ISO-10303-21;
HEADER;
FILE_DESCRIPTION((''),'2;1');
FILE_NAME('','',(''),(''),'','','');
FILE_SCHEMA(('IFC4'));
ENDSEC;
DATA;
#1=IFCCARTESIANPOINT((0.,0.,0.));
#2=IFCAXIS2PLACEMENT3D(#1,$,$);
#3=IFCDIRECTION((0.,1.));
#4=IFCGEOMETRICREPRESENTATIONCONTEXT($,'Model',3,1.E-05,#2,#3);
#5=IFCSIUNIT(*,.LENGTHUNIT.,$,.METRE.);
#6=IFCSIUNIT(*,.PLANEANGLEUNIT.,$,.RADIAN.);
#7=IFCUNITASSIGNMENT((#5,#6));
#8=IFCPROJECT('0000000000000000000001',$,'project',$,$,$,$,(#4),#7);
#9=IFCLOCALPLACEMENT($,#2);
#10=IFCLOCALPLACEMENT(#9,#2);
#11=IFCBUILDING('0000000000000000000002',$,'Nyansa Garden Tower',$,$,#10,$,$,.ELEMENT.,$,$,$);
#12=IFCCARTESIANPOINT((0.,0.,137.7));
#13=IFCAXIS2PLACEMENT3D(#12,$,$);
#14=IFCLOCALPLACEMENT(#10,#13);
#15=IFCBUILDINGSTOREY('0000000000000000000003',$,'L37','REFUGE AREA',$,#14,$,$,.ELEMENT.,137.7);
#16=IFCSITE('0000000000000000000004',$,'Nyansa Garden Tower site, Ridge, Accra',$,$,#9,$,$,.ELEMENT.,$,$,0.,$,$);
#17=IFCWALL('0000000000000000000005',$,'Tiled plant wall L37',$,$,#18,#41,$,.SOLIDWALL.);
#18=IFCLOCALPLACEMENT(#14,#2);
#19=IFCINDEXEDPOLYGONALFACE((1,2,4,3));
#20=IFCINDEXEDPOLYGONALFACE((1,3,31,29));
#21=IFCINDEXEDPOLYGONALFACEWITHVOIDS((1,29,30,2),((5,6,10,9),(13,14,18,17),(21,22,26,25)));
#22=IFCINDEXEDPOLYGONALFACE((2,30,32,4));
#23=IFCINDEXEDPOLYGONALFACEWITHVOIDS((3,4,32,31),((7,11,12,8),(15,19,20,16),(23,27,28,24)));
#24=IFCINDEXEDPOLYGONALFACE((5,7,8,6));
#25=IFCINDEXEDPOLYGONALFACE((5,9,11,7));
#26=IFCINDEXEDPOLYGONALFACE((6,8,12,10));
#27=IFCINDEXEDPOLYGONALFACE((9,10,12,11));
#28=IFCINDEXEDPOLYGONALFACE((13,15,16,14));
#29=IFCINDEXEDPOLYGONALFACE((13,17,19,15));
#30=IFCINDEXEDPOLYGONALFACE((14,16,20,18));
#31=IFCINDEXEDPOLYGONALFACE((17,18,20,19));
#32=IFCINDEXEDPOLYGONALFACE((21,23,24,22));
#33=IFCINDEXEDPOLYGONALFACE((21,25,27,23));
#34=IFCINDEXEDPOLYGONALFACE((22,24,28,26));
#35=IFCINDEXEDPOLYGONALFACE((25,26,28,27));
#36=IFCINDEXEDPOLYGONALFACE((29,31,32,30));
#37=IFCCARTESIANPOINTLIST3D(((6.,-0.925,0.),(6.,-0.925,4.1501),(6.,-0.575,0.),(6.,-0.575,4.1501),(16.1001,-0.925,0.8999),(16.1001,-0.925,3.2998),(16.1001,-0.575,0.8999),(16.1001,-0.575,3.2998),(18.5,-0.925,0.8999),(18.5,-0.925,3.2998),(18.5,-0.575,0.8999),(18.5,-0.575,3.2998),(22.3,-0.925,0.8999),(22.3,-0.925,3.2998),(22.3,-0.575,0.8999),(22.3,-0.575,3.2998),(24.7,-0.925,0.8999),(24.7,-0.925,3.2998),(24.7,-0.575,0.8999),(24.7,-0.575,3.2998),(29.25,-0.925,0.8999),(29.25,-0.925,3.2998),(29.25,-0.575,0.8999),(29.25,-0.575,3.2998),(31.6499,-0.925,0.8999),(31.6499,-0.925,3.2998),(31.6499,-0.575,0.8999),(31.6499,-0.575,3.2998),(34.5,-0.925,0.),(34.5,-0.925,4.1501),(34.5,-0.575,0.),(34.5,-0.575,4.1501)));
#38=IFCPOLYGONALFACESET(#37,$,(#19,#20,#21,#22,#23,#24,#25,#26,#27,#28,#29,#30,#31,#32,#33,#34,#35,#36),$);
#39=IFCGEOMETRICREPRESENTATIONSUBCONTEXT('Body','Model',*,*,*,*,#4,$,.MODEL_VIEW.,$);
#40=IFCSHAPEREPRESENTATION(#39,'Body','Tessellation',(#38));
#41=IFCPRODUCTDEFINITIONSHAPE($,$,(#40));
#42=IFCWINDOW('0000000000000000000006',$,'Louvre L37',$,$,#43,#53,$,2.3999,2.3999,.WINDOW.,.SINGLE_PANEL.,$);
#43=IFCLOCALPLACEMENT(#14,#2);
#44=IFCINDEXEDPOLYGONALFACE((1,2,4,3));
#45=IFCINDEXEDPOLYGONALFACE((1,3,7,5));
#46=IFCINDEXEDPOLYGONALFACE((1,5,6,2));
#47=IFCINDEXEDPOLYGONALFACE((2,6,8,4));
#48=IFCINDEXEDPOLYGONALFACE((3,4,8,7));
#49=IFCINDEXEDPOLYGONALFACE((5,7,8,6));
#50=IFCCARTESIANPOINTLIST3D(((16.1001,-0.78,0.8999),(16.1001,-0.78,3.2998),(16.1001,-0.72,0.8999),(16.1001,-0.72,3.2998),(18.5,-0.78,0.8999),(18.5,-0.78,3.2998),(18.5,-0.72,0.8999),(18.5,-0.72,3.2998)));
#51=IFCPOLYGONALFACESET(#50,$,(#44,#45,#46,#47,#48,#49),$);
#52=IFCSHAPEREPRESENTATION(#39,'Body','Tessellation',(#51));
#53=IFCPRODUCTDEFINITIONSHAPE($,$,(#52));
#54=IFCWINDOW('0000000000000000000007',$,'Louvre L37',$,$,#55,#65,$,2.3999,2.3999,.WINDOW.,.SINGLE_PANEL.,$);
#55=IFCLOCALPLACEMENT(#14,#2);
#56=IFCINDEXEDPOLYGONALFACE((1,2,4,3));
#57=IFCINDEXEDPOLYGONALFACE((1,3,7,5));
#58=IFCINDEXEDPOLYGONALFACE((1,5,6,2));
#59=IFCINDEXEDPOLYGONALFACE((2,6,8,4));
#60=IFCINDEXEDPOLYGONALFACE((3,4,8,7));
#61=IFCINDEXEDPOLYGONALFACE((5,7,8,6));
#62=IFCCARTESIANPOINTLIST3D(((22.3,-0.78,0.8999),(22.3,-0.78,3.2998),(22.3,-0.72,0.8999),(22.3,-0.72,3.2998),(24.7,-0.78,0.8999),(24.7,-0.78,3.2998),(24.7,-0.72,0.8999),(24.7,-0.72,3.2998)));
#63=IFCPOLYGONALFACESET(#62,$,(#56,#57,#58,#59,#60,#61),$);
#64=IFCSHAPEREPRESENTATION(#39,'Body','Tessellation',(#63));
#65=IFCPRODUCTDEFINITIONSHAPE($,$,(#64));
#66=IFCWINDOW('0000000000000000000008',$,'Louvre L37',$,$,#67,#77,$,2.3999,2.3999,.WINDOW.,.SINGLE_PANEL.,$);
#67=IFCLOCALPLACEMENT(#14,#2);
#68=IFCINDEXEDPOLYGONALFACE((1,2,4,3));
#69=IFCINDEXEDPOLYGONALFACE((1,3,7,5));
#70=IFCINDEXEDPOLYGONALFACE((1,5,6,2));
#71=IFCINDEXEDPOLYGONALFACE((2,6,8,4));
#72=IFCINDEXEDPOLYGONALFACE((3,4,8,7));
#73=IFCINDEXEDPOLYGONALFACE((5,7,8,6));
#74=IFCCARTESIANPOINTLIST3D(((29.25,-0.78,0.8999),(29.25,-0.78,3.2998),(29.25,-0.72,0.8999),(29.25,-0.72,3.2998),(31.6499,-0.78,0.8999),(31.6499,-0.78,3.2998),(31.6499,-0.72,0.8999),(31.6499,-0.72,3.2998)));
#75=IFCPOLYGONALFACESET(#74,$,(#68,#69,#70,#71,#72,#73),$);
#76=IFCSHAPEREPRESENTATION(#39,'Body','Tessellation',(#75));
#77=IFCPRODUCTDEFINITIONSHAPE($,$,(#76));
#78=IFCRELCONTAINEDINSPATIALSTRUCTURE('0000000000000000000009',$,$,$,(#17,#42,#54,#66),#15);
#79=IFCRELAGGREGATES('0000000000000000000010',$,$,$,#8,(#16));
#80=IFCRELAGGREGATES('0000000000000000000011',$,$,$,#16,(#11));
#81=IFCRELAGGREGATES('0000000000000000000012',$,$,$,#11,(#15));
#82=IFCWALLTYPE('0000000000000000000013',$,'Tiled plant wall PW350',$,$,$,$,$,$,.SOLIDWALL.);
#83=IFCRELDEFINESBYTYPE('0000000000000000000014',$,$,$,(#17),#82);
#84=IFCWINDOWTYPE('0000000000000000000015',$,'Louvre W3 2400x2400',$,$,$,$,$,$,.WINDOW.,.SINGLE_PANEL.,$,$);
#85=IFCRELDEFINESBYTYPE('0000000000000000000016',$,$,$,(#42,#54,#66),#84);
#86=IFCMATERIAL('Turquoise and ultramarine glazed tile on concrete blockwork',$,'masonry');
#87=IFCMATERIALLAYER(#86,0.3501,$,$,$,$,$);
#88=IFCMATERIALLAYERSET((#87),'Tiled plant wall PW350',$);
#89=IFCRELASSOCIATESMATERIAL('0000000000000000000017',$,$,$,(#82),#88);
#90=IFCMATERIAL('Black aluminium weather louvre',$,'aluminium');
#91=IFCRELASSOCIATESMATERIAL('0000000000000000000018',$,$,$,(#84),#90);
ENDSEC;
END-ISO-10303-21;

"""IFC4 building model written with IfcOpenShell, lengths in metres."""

from ifc_helpers import new_model, si_unit, direction, frame, frame_2d, origin, place, context, subcontext, project, spatial, rectangle, extrude, material, layer, layer_set, type_object, element, fill, save


model = new_model("IFC4")

# Units and contexts
model_context = context("Model", 3, precision=1e-05, world=origin(), true_north=direction((0.0, 1.0)))
body_context = subcontext(model_context, "Body", "Model", "MODEL_VIEW")
ifc_project = project(units=[si_unit("LENGTHUNIT", "METRE"), si_unit("PLANEANGLEUNIT", "RADIAN")], contexts=[model_context])

# Site, building, storey
site_placement = place(None, origin())
site = spatial("IfcSite", under=ifc_project, at=site_placement, Name="Nyansa Garden Tower site, Ridge, Accra", CompositionType="ELEMENT", RefElevation=0.0)
building_placement = place(site_placement, origin())
building = spatial("IfcBuilding", under=site, at=building_placement, Name="Nyansa Garden Tower", CompositionType="ELEMENT")
storey_placement = place(building_placement, frame((0.0, 0.0, 137.7)))
storey = spatial("IfcBuildingStorey", under=building, at=storey_placement, Name="L37", Description="REFUGE AREA", CompositionType="ELEMENT", Elevation=137.7)

# Shared definitions
ifc_material_1 = material(Name="Turquoise and ultramarine glazed tile on concrete blockwork", Category="masonry")
ifc_layer_1 = layer(ifc_material_1, 0.3501)
ifc_layer_set_1 = layer_set([ifc_layer_1], Name="Tiled plant wall PW350")
wall_type = type_object("IfcWallType", Name="Tiled plant wall PW350", PredefinedType="SOLIDWALL", material=ifc_layer_set_1)

# Wall, openings, windows
wall_placement = place(storey_placement, frame((6.0, -0.75, 0.0), z_axis=(0.0, 0.0, 1.0), x_axis=(1.0, 0.0, 0.0)))
wall = element("IfcWall", 1, at=wall_placement, inside=storey, type_object=wall_type, Name="Tiled plant wall L37", PredefinedType="SOLIDWALL", context=body_context, shape_type="SweptSolid", body=[
    extrude(rectangle(XDim=28.5, YDim=0.3501, at=frame_2d((14.25, 0.0))), origin(), (0.0, 0.0, 1.0), 4.1501),
])
opening_1_placement = place(wall_placement, frame((10.1001, 0.0, 0.8999)))
opening_1 = element("IfcOpeningElement", 2, at=opening_1_placement, cuts=wall, PredefinedType="OPENING", context=body_context, shape_type="SweptSolid", body=[
    extrude(rectangle(XDim=2.3999, YDim=2.3999, at=frame_2d((1.2, 1.2))), frame((0.0, 0.1851, 0.0), z_axis=(0.0, -1.0, 0.0), x_axis=(1.0, 0.0, 0.0)), (0.0, 0.0, 1.0), 0.3701),
])
opening_2_placement = place(wall_placement, frame((16.3, 0.0, 0.8999)))
opening_2 = element("IfcOpeningElement", 3, at=opening_2_placement, cuts=wall, PredefinedType="OPENING", context=body_context, shape_type="SweptSolid", body=[
    extrude(rectangle(XDim=2.3999, YDim=2.3999, at=frame_2d((1.2, 1.2))), frame((0.0, 0.1851, 0.0), z_axis=(0.0, -1.0, 0.0), x_axis=(1.0, 0.0, 0.0)), (0.0, 0.0, 1.0), 0.3701),
])
opening_3_placement = place(wall_placement, frame((23.25, 0.0, 0.8999)))
opening_3 = element("IfcOpeningElement", 4, at=opening_3_placement, cuts=wall, PredefinedType="OPENING", context=body_context, shape_type="SweptSolid", body=[
    extrude(rectangle(XDim=2.3999, YDim=2.3999, at=frame_2d((1.2, 1.2))), frame((0.0, 0.1851, 0.0), z_axis=(0.0, -1.0, 0.0), x_axis=(1.0, 0.0, 0.0)), (0.0, 0.0, 1.0), 0.3701),
])
ifc_material_2 = material(Name="Black aluminium weather louvre", Category="aluminium")
window_type = type_object("IfcWindowType", Name="Louvre W3 2400x2400", PartitioningType="SINGLE_PANEL", PredefinedType="WINDOW", material=ifc_material_2)
window_1_placement = place(opening_1_placement, origin())
window_1 = element("IfcWindow", 5, at=window_1_placement, inside=storey, type_object=window_type, Name="Louvre L37", OverallHeight=2.3999, OverallWidth=2.3999, PartitioningType="SINGLE_PANEL", PredefinedType="WINDOW", context=body_context, shape_type="SweptSolid", body=[
    extrude(rectangle(XDim=2.3999, YDim=2.3999, at=frame_2d((1.2, 1.2))), frame((0.0, 0.03, 0.0), z_axis=(0.0, -1.0, 0.0), x_axis=(1.0, 0.0, 0.0)), (0.0, 0.0, 1.0), 0.0601),
])
fill(opening_1, window_1)
window_2_placement = place(opening_2_placement, origin())
window_2 = element("IfcWindow", 6, at=window_2_placement, inside=storey, type_object=window_type, Name="Louvre L37", OverallHeight=2.3999, OverallWidth=2.3999, PartitioningType="SINGLE_PANEL", PredefinedType="WINDOW", context=body_context, shape_type="SweptSolid", body=[
    extrude(rectangle(XDim=2.3999, YDim=2.3999, at=frame_2d((1.2, 1.2))), frame((0.0, 0.03, 0.0), z_axis=(0.0, -1.0, 0.0), x_axis=(1.0, 0.0, 0.0)), (0.0, 0.0, 1.0), 0.0601),
])
fill(opening_2, window_2)
window_3_placement = place(opening_3_placement, origin())
window_3 = element("IfcWindow", 7, at=window_3_placement, inside=storey, type_object=window_type, Name="Louvre L37", OverallHeight=2.3999, OverallWidth=2.3999, PartitioningType="SINGLE_PANEL", PredefinedType="WINDOW", context=body_context, shape_type="SweptSolid", body=[
    extrude(rectangle(XDim=2.3999, YDim=2.3999, at=frame_2d((1.2, 1.2))), frame((0.0, 0.03, 0.0), z_axis=(0.0, -1.0, 0.0), x_axis=(1.0, 0.0, 0.0)), (0.0, 0.0, 1.0), 0.0601),
])
fill(opening_3, window_3)

save(model, "model.ifc")
